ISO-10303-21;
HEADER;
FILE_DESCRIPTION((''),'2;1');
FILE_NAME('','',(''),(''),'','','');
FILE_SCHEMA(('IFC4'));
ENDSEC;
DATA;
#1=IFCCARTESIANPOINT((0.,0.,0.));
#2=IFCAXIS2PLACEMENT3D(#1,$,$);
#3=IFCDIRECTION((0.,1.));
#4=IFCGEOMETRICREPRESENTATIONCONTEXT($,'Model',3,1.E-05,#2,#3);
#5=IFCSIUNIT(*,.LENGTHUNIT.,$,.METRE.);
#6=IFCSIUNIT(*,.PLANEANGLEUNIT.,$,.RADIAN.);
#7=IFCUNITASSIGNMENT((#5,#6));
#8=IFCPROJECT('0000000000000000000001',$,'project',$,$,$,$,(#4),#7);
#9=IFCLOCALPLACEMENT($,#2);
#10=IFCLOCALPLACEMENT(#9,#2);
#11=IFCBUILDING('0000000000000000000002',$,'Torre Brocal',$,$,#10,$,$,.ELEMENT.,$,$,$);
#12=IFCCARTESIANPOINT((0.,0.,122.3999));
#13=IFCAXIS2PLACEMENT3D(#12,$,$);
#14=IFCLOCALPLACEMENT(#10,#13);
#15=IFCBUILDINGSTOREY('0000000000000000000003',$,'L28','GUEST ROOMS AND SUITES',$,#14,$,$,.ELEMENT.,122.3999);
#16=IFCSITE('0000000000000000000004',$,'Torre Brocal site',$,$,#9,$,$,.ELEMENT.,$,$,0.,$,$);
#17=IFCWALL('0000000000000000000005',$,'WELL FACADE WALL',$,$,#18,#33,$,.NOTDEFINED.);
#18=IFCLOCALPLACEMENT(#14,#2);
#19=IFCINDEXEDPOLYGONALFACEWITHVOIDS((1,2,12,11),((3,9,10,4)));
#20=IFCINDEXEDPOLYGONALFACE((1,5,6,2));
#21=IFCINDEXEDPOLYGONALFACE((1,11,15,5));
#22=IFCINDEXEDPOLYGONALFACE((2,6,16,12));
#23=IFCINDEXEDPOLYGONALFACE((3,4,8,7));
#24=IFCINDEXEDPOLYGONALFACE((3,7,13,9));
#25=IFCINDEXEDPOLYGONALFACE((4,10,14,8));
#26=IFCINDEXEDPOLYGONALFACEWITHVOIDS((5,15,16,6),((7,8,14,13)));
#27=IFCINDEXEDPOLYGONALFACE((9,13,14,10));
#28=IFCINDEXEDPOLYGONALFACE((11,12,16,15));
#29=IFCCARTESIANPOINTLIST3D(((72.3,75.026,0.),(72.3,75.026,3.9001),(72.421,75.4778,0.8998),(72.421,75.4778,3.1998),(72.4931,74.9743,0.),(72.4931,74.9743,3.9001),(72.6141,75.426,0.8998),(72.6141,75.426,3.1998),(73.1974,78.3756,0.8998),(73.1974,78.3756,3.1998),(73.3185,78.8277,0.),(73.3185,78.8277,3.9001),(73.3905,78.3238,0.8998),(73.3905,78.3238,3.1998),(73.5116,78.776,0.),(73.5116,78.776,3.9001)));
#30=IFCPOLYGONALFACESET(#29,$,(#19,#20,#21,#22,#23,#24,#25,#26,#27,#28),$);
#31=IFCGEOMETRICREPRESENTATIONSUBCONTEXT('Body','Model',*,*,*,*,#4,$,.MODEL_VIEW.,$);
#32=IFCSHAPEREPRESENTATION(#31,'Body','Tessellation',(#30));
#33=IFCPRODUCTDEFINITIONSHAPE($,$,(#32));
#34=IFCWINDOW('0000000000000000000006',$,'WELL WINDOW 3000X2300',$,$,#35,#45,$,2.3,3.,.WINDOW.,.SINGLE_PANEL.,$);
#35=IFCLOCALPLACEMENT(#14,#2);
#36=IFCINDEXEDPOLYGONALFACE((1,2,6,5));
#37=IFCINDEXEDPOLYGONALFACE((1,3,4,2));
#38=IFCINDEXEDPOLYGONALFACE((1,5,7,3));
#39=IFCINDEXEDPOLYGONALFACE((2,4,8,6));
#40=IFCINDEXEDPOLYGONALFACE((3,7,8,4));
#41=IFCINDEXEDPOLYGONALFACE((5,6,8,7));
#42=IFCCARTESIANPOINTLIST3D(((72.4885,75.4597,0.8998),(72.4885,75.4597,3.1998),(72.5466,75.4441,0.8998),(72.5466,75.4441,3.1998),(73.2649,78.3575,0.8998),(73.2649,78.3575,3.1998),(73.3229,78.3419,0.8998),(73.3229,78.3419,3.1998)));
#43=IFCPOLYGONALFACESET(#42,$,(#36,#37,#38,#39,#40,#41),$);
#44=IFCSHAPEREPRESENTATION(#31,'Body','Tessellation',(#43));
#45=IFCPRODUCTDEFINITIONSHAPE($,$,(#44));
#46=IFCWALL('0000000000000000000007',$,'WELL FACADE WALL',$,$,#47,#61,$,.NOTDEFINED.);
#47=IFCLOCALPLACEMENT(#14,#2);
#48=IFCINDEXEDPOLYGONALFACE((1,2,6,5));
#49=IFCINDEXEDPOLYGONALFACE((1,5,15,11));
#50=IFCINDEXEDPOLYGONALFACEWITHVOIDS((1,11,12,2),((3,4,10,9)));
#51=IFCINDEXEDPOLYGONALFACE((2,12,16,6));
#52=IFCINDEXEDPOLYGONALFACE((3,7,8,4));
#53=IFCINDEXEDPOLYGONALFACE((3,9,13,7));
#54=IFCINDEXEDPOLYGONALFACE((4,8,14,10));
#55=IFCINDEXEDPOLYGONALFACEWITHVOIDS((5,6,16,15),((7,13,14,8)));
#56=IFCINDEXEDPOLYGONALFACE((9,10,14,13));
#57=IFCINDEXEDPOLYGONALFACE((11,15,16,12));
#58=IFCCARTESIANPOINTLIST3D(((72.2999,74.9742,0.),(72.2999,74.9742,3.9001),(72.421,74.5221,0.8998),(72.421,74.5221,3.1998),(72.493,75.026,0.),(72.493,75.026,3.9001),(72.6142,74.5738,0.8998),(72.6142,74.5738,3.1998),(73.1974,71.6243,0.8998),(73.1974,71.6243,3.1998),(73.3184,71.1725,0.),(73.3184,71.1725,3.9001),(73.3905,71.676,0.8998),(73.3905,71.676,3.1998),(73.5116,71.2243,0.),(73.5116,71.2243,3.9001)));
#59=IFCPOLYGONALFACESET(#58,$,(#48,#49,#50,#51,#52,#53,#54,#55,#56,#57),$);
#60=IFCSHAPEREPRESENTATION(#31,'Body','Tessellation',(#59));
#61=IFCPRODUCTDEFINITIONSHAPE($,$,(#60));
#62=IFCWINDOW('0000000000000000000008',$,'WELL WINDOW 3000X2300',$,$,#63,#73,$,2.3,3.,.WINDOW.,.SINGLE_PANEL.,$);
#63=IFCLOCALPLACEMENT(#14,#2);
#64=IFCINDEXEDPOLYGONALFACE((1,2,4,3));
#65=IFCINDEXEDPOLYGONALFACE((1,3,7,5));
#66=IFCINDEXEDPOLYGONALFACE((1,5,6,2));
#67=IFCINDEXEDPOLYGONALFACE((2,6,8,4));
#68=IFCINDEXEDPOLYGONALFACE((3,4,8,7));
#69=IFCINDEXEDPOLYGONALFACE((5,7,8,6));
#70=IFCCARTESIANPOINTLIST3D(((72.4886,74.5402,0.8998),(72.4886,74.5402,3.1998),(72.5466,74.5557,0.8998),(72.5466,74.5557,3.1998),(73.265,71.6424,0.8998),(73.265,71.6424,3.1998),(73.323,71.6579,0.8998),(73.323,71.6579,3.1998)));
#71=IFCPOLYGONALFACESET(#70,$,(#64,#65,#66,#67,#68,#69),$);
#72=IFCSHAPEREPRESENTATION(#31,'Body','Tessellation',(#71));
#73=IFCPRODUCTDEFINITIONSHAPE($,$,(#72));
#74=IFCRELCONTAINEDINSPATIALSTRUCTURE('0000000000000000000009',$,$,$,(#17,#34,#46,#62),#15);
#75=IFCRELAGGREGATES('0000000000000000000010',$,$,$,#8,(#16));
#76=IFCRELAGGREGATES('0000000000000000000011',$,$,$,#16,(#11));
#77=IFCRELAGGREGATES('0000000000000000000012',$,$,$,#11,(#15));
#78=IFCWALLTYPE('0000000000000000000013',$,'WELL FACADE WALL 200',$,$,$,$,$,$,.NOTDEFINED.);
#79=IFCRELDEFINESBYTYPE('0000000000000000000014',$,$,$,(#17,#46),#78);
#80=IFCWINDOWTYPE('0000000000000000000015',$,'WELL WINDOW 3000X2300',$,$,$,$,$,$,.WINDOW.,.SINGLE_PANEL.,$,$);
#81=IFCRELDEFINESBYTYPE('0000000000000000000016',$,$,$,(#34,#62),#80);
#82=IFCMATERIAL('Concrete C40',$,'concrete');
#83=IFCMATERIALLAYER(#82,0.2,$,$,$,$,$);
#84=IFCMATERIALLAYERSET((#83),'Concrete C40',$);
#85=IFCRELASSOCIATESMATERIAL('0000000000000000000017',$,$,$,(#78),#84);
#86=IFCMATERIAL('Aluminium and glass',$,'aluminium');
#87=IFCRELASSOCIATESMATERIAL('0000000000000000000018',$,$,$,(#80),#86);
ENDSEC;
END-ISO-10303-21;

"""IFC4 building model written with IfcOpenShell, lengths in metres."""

from ifc_helpers import new_model, si_unit, direction, frame, frame_2d, origin, place, context, subcontext, project, spatial, rectangle, extrude, material, layer, layer_set, type_object, element, fill, save


model = new_model("IFC4")

# Units and contexts
model_context = context("Model", 3, precision=1e-05, world=origin(), true_north=direction((0.0, 1.0)))
body_context = subcontext(model_context, "Body", "Model", "MODEL_VIEW")
ifc_project = project(units=[si_unit("LENGTHUNIT", "METRE"), si_unit("PLANEANGLEUNIT", "RADIAN")], contexts=[model_context])

# Site, building, storey
site_placement = place(None, origin())
site = spatial("IfcSite", under=ifc_project, at=site_placement, Name="Torre Brocal site", CompositionType="ELEMENT", RefElevation=0.0)
building_placement = place(site_placement, origin())
building = spatial("IfcBuilding", under=site, at=building_placement, Name="Torre Brocal", CompositionType="ELEMENT")
storey_placement = place(building_placement, frame((0.0, 0.0, 122.3999)))
storey = spatial("IfcBuildingStorey", under=building, at=storey_placement, Name="L28", Description="GUEST ROOMS AND SUITES", CompositionType="ELEMENT", Elevation=122.3999)

# Walls, openings, windows
ifc_material_1 = material(Name="Concrete C40", Category="concrete")
ifc_layer_1 = layer(ifc_material_1, 0.2)
ifc_layer_set_1 = layer_set([ifc_layer_1], Name="Concrete C40")
wall_type_1 = type_object("IfcWallType", Name="WELL FACADE WALL 200", PredefinedType="NOTDEFINED", material=ifc_layer_set_1)
ifc_material_2 = material(Name="Aluminium and glass", Category="aluminium")
window_type = type_object("IfcWindowType", Name="WELL WINDOW 3000X2300", PartitioningType="SINGLE_PANEL", PredefinedType="WINDOW", material=ifc_material_2)
wall_1_placement = place(storey_placement, frame((73.415, 78.8018, 0.0), z_axis=(0.0, 0.0, 1.0), x_axis=(-0.25879, -0.965934, 0.0)))
wall_1 = element("IfcWall", 1, at=wall_1_placement, inside=storey, type_object=wall_type_1, Name="WELL FACADE WALL", PredefinedType="NOTDEFINED", context=body_context, shape_type="SweptSolid", body=[
    extrude(rectangle(XDim=3.9358, YDim=0.2, at=frame_2d((1.9678, 0.0))), origin(), (0.0, 0.0, 1.0), 3.9001),
])
opening_1_placement = place(wall_1_placement, frame((0.468, 0.0, 0.8999)))
opening_1 = element("IfcOpeningElement", 2, at=opening_1_placement, cuts=wall_1, PredefinedType="OPENING", context=body_context, shape_type="SweptSolid", body=[
    extrude(rectangle(XDim=3.0, YDim=2.3, at=frame_2d((1.5, 1.1499))), frame((0.0, 0.1099, 0.0), z_axis=(0.0, -1.0, 0.0), x_axis=(1.0, 0.0, 0.0)), (0.0, 0.0, 1.0), 0.22),
])
window_1_placement = place(opening_1_placement, origin())
window_1 = element("IfcWindow", 3, at=window_1_placement, inside=storey, type_object=window_type, Name="WELL WINDOW 3000X2300", OverallHeight=2.3, OverallWidth=3.0, PartitioningType="SINGLE_PANEL", PredefinedType="WINDOW", context=body_context, shape_type="SweptSolid", body=[
    extrude(rectangle(XDim=3.0, YDim=2.3, at=frame_2d((1.5, 1.1499))), frame((0.0, 0.03, 0.0), z_axis=(0.0, -1.0, 0.0), x_axis=(1.0, 0.0, 0.0)), (0.0, 0.0, 1.0), 0.0601),
])
fill(opening_1, window_1)
wall_2_placement = place(storey_placement, frame((72.3965, 75.0, 0.0), z_axis=(0.0, 0.0, 1.0), x_axis=(0.25879, -0.965934, 0.0)))
wall_2 = element("IfcWall", 4, at=wall_2_placement, inside=storey, type_object=wall_type_1, Name="WELL FACADE WALL", PredefinedType="NOTDEFINED", context=body_context, shape_type="SweptSolid", body=[
    extrude(rectangle(XDim=3.9358, YDim=0.2, at=frame_2d((1.9678, 0.0))), origin(), (0.0, 0.0, 1.0), 3.9001),
])
opening_2_placement = place(wall_2_placement, frame((0.468, 0.0, 0.8999)))
opening_2 = element("IfcOpeningElement", 5, at=opening_2_placement, cuts=wall_2, PredefinedType="OPENING", context=body_context, shape_type="SweptSolid", body=[
    extrude(rectangle(XDim=3.0, YDim=2.3, at=frame_2d((1.5, 1.1499))), frame((0.0, 0.1099, 0.0), z_axis=(0.0, -1.0, 0.0), x_axis=(1.0, 0.0, 0.0)), (0.0, 0.0, 1.0), 0.22),
])
window_2_placement = place(opening_2_placement, origin())
window_2 = element("IfcWindow", 6, at=window_2_placement, inside=storey, type_object=window_type, Name="WELL WINDOW 3000X2300", OverallHeight=2.3, OverallWidth=3.0, PartitioningType="SINGLE_PANEL", PredefinedType="WINDOW", context=body_context, shape_type="SweptSolid", body=[
    extrude(rectangle(XDim=3.0, YDim=2.3, at=frame_2d((1.5, 1.1499))), frame((0.0, 0.03, 0.0), z_axis=(0.0, -1.0, 0.0), x_axis=(1.0, 0.0, 0.0)), (0.0, 0.0, 1.0), 0.0601),
])
fill(opening_2, window_2)

save(model, "model.ifc")
